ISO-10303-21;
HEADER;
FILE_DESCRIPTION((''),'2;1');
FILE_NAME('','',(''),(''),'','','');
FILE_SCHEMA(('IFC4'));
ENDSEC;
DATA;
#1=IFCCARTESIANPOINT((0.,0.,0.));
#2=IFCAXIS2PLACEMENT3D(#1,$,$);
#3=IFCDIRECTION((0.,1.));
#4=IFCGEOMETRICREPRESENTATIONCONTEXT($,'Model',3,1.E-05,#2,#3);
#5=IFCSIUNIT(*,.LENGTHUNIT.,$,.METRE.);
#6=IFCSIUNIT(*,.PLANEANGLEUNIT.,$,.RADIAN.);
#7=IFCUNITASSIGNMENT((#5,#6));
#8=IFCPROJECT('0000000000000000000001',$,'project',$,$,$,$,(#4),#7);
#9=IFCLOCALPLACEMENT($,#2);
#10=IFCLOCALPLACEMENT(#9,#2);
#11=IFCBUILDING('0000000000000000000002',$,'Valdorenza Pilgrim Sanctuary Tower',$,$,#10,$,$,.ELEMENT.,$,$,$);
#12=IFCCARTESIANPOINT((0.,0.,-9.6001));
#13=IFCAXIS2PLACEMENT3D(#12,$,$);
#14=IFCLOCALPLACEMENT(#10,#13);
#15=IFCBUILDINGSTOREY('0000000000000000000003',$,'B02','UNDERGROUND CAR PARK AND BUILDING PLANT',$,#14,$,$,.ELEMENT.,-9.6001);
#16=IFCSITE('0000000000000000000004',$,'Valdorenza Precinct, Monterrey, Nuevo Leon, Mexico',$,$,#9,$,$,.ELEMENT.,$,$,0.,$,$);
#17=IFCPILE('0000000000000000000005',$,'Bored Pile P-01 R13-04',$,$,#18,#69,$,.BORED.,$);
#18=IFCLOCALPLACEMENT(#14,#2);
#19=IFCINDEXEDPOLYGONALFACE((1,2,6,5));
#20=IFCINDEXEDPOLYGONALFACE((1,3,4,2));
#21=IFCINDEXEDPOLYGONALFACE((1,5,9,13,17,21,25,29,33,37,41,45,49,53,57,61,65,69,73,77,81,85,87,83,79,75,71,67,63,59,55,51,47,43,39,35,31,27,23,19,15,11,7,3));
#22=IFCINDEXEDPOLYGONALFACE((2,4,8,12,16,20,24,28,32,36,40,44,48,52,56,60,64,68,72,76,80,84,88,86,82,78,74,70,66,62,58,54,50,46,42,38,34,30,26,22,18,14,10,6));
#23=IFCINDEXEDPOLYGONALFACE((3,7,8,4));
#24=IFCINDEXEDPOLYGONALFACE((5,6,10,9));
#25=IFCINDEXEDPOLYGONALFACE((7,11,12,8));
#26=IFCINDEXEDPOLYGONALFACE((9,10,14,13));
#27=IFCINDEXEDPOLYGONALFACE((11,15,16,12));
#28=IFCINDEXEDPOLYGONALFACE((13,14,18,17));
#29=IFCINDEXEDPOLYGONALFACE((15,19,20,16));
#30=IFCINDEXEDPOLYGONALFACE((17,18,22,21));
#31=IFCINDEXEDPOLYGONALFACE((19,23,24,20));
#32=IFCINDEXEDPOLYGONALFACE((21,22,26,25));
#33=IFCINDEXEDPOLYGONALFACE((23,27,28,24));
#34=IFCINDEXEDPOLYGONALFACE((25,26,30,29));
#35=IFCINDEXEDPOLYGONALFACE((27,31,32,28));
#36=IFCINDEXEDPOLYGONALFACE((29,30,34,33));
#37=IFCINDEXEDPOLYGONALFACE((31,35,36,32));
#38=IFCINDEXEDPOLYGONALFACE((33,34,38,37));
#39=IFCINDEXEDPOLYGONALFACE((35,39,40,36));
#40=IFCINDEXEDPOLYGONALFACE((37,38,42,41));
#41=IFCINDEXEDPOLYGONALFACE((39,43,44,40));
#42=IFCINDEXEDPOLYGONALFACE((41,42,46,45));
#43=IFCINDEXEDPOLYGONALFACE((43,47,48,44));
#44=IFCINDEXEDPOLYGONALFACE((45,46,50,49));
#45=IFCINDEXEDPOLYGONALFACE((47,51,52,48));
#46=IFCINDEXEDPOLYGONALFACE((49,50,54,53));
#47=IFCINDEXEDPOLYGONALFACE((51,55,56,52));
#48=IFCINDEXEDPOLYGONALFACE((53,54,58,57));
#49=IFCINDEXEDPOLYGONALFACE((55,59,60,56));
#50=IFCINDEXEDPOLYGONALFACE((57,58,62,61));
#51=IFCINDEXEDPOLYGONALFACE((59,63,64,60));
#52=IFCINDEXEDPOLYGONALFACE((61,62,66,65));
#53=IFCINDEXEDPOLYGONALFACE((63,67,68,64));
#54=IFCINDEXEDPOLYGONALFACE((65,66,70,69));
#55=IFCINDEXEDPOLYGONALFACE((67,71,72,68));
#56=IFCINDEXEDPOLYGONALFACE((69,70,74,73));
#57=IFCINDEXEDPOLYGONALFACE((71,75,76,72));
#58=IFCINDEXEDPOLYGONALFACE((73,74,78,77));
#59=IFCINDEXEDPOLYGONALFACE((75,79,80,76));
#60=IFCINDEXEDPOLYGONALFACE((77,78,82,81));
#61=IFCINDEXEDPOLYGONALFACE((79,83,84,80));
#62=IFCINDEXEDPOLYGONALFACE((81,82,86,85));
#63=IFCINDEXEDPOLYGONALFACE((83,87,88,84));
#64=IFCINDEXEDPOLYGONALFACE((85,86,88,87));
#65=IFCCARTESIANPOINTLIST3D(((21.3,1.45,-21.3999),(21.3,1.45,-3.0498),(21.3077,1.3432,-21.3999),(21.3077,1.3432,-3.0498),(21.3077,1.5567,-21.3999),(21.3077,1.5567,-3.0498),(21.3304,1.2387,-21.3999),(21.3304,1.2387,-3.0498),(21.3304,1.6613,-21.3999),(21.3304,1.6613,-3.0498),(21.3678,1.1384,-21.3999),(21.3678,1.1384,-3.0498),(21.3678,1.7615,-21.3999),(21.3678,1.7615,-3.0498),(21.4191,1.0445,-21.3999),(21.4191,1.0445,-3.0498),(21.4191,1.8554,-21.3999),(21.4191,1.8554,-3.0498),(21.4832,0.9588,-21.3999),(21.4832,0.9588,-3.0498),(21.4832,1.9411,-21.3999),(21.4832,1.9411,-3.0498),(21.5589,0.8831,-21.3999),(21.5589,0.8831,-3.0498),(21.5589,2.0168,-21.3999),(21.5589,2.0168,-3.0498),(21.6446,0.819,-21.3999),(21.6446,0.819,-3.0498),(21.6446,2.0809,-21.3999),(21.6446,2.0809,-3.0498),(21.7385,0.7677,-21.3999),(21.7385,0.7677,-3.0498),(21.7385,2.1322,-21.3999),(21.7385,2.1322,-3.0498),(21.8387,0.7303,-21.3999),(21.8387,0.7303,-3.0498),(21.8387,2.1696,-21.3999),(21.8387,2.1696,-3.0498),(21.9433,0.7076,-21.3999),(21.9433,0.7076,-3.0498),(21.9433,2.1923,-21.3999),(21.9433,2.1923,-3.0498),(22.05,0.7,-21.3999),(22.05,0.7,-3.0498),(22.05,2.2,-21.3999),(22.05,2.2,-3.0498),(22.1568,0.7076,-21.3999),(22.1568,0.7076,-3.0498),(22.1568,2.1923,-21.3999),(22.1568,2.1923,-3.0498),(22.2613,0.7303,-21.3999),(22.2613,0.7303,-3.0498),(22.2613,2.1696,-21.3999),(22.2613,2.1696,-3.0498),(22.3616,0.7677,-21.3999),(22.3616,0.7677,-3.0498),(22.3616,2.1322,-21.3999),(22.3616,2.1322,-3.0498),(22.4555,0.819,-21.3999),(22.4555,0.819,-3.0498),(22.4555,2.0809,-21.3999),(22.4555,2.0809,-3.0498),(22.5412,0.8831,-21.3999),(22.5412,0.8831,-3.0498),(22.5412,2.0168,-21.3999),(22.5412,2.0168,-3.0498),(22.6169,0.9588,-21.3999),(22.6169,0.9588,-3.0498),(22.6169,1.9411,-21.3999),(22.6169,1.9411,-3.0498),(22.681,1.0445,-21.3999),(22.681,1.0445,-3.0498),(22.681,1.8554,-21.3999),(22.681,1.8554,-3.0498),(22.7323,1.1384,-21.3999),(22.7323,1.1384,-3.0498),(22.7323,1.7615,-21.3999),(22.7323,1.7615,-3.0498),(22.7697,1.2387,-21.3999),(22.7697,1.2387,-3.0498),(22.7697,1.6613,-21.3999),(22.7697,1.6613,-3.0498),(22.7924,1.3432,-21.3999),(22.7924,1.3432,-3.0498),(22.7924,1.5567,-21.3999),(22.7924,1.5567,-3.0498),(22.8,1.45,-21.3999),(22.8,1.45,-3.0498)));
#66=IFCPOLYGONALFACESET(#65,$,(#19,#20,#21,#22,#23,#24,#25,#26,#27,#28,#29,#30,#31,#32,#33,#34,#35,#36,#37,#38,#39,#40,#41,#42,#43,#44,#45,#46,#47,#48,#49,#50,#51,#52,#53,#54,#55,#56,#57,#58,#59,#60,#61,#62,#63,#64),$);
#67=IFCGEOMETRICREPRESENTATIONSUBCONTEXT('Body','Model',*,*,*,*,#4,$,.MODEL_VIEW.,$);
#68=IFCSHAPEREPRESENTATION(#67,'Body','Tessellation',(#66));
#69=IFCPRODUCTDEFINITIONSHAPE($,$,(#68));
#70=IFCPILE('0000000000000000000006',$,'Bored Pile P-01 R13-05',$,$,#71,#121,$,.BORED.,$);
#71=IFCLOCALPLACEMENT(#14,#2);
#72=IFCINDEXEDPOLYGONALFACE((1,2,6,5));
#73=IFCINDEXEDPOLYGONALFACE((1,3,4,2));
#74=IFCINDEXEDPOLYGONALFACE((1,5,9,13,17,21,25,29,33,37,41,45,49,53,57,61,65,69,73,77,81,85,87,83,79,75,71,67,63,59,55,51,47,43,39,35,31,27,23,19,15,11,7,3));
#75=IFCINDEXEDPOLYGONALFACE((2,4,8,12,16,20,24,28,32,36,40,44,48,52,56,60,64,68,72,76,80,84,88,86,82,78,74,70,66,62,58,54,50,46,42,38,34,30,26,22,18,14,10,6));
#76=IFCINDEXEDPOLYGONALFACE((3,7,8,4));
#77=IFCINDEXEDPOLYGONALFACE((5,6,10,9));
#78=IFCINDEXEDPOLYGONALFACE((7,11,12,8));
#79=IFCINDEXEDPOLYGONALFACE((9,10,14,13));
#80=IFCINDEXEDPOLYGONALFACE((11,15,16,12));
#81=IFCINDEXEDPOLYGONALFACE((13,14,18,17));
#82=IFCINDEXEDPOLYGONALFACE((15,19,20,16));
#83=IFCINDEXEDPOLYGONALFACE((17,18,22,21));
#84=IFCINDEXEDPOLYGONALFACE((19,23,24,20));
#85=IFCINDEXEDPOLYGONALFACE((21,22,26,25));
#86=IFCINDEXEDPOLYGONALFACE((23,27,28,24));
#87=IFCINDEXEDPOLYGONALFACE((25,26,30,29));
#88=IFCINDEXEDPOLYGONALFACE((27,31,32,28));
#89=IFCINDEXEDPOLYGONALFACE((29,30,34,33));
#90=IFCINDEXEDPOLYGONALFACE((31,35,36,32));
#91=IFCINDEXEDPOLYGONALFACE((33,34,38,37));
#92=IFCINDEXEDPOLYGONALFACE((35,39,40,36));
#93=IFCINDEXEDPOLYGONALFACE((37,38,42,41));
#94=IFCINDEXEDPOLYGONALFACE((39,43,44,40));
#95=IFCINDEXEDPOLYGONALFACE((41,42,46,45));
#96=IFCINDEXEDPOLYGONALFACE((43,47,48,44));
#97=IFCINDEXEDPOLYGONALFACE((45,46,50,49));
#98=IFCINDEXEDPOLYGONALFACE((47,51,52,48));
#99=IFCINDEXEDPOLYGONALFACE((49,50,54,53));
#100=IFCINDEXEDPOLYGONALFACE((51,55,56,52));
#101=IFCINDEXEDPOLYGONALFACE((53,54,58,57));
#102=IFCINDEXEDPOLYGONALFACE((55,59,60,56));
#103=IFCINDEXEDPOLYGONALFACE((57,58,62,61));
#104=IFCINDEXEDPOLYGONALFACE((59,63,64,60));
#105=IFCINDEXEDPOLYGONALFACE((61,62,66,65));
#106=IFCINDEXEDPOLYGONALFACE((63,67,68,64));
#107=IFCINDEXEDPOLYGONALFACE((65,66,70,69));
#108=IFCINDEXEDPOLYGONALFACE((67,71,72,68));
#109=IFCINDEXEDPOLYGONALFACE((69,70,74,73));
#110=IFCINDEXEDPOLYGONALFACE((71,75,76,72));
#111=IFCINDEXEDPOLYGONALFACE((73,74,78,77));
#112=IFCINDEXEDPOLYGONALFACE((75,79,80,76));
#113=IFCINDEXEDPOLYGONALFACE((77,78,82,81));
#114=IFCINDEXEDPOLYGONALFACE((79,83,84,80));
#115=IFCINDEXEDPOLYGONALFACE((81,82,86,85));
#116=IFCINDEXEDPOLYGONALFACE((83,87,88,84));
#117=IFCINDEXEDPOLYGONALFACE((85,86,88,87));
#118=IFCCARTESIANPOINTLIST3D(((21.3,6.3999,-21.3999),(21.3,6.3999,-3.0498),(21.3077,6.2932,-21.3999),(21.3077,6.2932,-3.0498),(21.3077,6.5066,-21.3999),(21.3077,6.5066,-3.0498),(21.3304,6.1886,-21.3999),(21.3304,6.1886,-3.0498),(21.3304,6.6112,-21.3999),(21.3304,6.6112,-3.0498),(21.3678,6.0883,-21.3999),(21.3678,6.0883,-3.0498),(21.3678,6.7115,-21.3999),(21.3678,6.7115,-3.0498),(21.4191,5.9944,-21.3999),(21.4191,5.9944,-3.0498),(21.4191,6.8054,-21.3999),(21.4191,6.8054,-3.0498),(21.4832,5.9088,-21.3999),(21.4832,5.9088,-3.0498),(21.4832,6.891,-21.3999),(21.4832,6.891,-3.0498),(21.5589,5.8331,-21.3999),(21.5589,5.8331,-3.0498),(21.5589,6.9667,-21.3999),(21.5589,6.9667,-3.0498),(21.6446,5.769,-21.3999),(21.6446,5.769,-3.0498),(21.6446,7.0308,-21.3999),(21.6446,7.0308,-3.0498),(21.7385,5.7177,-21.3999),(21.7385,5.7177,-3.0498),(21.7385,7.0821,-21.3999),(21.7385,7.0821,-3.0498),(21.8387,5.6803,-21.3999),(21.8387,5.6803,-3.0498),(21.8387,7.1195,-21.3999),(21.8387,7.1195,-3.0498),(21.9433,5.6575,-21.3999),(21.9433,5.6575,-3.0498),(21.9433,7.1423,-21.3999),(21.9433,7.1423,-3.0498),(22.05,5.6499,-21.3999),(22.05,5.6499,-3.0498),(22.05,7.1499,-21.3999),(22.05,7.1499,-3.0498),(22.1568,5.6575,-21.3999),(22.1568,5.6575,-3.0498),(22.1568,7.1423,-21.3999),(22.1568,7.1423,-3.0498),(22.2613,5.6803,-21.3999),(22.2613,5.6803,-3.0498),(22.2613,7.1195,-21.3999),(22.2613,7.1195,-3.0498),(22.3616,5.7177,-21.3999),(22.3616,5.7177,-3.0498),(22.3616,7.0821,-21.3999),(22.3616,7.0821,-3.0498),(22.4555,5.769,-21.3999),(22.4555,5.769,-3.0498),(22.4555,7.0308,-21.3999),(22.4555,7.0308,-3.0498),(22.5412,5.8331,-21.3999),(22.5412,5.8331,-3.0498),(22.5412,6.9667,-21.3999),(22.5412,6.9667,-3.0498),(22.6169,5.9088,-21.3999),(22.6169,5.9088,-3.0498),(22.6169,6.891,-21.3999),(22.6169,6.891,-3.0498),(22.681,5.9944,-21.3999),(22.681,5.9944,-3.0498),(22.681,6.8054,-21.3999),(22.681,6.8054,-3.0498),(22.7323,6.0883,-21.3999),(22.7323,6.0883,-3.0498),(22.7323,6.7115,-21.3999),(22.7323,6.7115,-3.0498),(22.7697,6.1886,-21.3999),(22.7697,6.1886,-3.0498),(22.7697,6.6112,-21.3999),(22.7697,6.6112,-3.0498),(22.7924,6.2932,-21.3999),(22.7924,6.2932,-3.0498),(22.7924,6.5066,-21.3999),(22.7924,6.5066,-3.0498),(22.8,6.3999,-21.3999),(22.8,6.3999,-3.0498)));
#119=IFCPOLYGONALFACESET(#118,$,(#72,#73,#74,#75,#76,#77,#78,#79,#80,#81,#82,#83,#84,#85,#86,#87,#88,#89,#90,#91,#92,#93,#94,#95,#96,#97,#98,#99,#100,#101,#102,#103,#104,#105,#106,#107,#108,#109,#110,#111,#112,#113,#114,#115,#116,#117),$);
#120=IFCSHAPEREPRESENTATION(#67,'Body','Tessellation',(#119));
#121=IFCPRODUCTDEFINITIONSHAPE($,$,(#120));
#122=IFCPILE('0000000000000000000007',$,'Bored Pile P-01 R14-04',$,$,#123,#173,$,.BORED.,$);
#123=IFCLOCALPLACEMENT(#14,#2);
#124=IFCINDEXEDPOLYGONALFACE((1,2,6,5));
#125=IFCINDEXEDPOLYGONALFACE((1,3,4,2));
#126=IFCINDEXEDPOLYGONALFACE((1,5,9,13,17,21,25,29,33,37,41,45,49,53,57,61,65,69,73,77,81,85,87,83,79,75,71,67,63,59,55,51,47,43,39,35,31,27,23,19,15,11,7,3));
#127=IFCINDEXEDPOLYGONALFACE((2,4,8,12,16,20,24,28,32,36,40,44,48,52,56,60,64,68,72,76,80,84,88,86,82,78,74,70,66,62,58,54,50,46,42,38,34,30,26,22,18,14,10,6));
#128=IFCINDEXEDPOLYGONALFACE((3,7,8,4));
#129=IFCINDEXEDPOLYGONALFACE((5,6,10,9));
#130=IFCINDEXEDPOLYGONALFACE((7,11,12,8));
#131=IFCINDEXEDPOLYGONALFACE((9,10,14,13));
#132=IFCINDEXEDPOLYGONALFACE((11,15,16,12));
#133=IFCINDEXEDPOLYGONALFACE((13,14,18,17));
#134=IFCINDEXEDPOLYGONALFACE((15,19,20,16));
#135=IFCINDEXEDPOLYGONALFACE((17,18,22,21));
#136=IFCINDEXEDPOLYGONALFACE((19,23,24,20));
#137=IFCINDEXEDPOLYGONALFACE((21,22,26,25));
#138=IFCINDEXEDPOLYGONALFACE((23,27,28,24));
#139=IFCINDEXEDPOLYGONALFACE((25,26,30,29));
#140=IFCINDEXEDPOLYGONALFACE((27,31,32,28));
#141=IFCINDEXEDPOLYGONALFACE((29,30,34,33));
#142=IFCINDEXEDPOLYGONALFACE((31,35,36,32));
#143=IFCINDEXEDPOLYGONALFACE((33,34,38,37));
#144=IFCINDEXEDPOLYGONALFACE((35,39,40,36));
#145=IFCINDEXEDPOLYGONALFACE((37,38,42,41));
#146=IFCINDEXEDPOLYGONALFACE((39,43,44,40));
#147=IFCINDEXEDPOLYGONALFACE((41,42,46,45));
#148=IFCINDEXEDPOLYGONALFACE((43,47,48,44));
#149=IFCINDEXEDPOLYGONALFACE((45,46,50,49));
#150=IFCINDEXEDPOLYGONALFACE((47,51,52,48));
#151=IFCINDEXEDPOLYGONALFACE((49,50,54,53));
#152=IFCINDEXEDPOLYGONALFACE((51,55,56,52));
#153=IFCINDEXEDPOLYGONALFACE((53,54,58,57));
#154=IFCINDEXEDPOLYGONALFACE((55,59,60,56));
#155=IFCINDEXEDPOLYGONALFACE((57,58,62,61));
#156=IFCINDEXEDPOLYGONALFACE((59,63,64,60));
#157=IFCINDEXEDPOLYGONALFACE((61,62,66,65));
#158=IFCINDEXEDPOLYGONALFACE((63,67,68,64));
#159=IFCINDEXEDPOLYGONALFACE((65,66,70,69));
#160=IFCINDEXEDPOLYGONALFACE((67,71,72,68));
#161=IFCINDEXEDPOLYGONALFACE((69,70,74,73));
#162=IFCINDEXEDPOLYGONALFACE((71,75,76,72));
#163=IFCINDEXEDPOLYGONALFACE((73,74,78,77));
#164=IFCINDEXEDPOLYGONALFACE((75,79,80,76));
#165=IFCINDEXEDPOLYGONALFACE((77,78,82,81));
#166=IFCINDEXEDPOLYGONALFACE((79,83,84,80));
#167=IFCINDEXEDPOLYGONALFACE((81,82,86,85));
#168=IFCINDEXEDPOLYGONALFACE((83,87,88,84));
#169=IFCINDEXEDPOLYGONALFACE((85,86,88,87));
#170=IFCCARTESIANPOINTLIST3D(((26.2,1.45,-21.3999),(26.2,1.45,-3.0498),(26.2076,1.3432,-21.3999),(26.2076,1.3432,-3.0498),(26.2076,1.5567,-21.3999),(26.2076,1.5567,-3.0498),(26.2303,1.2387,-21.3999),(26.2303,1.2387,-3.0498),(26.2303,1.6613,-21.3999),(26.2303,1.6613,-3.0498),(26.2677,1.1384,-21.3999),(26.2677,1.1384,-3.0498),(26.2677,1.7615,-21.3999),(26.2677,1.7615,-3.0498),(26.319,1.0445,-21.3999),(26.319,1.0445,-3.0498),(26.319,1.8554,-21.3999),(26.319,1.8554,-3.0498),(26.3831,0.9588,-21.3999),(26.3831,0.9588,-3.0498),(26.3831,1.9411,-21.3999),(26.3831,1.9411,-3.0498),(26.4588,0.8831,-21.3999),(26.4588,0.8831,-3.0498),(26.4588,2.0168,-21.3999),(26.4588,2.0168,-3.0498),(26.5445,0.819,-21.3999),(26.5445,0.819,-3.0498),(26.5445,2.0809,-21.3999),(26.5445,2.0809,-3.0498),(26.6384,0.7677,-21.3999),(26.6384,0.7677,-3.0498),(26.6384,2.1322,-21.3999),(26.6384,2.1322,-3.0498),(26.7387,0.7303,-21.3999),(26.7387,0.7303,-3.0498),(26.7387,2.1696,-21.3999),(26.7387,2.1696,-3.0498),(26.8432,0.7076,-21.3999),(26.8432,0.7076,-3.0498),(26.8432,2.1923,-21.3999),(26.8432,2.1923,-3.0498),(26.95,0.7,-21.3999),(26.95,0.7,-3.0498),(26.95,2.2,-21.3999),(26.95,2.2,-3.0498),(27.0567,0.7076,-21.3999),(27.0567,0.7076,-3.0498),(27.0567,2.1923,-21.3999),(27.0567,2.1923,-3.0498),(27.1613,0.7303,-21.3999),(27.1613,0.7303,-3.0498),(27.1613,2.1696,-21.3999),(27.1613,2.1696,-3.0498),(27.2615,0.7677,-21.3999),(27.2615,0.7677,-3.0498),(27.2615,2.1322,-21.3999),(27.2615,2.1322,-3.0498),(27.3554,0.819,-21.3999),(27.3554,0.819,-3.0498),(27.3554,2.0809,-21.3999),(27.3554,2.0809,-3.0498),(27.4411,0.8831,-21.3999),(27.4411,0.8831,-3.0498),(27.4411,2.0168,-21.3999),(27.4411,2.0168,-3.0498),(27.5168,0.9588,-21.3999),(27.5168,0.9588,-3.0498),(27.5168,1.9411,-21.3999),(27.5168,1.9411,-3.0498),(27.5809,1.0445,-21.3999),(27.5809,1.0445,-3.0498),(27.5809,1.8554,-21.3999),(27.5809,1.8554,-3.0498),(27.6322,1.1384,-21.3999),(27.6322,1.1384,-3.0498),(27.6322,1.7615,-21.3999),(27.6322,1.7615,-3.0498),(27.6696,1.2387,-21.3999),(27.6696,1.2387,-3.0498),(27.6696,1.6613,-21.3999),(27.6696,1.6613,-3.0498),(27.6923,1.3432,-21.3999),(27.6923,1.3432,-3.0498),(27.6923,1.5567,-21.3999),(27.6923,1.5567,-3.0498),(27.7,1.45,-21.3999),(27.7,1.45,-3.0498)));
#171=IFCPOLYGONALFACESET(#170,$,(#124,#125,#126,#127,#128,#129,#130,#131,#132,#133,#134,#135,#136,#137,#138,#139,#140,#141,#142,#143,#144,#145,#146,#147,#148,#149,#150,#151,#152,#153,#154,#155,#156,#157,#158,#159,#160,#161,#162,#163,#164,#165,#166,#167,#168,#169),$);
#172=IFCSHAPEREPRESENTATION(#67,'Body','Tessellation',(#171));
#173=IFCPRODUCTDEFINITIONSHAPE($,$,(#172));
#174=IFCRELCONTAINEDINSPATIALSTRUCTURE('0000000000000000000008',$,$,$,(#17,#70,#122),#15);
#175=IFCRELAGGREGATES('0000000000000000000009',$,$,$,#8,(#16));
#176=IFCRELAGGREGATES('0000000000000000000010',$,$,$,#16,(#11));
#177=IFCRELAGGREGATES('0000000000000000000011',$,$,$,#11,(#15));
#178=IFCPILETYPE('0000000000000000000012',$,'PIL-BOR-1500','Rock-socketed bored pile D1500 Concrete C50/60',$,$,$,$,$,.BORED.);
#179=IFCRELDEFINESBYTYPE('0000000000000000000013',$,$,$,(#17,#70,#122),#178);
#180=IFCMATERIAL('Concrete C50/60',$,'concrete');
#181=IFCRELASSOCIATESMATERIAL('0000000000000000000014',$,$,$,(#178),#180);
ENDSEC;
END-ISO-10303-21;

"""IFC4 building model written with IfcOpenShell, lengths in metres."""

from ifc_helpers import new_model, si_unit, direction, frame, origin, origin_2d, place, context, subcontext, project, spatial, circle, extrude, source, transform, mapped, material, material_profile, profile_set, type_object, element, save


model = new_model("IFC4")

# Units and contexts
model_context = context("Model", 3, precision=1e-05, world=origin(), true_north=direction((0.0, 1.0)))
body_context = subcontext(model_context, "Body", "Model", "MODEL_VIEW")
ifc_project = project(units=[si_unit("LENGTHUNIT", "METRE"), si_unit("PLANEANGLEUNIT", "RADIAN")], contexts=[model_context])

# Site, building, storey
site_placement = place(None, origin())
site = spatial("IfcSite", under=ifc_project, at=site_placement, Name="Valdorenza Precinct, Monterrey, Nuevo Leon, Mexico", CompositionType="ELEMENT", RefElevation=0.0)
building_placement = place(site_placement, origin())
building = spatial("IfcBuilding", under=site, at=building_placement, Name="Valdorenza Pilgrim Sanctuary Tower", CompositionType="ELEMENT")
storey_placement = place(building_placement, frame((0.0, 0.0, -9.6001)))
storey = spatial("IfcBuildingStorey", under=building, at=storey_placement, Name="B02", Description="UNDERGROUND CAR PARK AND BUILDING PLANT", CompositionType="ELEMENT", Elevation=-9.6001)

# Piles
ifc_material_1 = material(Name="Concrete C50/60", Category="concrete")
ifc_material_profile_1 = material_profile(ifc_material_1, circle(Radius=0.75, at=origin_2d()), Name="BORED PILE 1500")
ifc_profile_set_1 = profile_set([ifc_material_profile_1], Name="Concrete C50/60")
pile_type = type_object("IfcPileType", Name="PIL-BOR-1500", Description="Rock-socketed bored pile D1500 Concrete C50/60", PredefinedType="BORED", material=ifc_profile_set_1)
shared_shape_1 = source(origin(), body_context, "Body", "SweptSolid", [
    extrude(circle(Radius=0.75, at=origin_2d()), origin(), (0.0, 0.0, 1.0), 18.3501),
])
for number, where, z_axis, x_axis, name in (
    (1, (22.05, 1.45, -3.0498), (0.0, 0.0, -1.0), (1.0, 0.0, 0.0), "Bored Pile P-01 R13-04"),
    (2, (22.05, 6.3999, -3.0498), (0.0, 0.0, -1.0), (1.0, 0.0, 0.0), "Bored Pile P-01 R13-05"),
    (3, (26.95, 1.45, -3.0498), (0.0, 0.0, -1.0), (1.0, 0.0, 0.0), "Bored Pile P-01 R14-04"),
):
    element("IfcPile", number, at=place(storey_placement, frame(where, z_axis=z_axis, x_axis=x_axis)), inside=storey, type_object=pile_type, Name=name, PredefinedType="BORED", context=body_context, shape_type="MappedRepresentation", body=[
        mapped(shared_shape_1, transform((0.0, 0.0, 0.0), x_axis=(1.0, 0.0, 0.0), y_axis=(0.0, 1.0, 0.0), z_axis=(0.0, 0.0, 1.0), scale=1.0)),
    ])

save(model, "model.ifc")
